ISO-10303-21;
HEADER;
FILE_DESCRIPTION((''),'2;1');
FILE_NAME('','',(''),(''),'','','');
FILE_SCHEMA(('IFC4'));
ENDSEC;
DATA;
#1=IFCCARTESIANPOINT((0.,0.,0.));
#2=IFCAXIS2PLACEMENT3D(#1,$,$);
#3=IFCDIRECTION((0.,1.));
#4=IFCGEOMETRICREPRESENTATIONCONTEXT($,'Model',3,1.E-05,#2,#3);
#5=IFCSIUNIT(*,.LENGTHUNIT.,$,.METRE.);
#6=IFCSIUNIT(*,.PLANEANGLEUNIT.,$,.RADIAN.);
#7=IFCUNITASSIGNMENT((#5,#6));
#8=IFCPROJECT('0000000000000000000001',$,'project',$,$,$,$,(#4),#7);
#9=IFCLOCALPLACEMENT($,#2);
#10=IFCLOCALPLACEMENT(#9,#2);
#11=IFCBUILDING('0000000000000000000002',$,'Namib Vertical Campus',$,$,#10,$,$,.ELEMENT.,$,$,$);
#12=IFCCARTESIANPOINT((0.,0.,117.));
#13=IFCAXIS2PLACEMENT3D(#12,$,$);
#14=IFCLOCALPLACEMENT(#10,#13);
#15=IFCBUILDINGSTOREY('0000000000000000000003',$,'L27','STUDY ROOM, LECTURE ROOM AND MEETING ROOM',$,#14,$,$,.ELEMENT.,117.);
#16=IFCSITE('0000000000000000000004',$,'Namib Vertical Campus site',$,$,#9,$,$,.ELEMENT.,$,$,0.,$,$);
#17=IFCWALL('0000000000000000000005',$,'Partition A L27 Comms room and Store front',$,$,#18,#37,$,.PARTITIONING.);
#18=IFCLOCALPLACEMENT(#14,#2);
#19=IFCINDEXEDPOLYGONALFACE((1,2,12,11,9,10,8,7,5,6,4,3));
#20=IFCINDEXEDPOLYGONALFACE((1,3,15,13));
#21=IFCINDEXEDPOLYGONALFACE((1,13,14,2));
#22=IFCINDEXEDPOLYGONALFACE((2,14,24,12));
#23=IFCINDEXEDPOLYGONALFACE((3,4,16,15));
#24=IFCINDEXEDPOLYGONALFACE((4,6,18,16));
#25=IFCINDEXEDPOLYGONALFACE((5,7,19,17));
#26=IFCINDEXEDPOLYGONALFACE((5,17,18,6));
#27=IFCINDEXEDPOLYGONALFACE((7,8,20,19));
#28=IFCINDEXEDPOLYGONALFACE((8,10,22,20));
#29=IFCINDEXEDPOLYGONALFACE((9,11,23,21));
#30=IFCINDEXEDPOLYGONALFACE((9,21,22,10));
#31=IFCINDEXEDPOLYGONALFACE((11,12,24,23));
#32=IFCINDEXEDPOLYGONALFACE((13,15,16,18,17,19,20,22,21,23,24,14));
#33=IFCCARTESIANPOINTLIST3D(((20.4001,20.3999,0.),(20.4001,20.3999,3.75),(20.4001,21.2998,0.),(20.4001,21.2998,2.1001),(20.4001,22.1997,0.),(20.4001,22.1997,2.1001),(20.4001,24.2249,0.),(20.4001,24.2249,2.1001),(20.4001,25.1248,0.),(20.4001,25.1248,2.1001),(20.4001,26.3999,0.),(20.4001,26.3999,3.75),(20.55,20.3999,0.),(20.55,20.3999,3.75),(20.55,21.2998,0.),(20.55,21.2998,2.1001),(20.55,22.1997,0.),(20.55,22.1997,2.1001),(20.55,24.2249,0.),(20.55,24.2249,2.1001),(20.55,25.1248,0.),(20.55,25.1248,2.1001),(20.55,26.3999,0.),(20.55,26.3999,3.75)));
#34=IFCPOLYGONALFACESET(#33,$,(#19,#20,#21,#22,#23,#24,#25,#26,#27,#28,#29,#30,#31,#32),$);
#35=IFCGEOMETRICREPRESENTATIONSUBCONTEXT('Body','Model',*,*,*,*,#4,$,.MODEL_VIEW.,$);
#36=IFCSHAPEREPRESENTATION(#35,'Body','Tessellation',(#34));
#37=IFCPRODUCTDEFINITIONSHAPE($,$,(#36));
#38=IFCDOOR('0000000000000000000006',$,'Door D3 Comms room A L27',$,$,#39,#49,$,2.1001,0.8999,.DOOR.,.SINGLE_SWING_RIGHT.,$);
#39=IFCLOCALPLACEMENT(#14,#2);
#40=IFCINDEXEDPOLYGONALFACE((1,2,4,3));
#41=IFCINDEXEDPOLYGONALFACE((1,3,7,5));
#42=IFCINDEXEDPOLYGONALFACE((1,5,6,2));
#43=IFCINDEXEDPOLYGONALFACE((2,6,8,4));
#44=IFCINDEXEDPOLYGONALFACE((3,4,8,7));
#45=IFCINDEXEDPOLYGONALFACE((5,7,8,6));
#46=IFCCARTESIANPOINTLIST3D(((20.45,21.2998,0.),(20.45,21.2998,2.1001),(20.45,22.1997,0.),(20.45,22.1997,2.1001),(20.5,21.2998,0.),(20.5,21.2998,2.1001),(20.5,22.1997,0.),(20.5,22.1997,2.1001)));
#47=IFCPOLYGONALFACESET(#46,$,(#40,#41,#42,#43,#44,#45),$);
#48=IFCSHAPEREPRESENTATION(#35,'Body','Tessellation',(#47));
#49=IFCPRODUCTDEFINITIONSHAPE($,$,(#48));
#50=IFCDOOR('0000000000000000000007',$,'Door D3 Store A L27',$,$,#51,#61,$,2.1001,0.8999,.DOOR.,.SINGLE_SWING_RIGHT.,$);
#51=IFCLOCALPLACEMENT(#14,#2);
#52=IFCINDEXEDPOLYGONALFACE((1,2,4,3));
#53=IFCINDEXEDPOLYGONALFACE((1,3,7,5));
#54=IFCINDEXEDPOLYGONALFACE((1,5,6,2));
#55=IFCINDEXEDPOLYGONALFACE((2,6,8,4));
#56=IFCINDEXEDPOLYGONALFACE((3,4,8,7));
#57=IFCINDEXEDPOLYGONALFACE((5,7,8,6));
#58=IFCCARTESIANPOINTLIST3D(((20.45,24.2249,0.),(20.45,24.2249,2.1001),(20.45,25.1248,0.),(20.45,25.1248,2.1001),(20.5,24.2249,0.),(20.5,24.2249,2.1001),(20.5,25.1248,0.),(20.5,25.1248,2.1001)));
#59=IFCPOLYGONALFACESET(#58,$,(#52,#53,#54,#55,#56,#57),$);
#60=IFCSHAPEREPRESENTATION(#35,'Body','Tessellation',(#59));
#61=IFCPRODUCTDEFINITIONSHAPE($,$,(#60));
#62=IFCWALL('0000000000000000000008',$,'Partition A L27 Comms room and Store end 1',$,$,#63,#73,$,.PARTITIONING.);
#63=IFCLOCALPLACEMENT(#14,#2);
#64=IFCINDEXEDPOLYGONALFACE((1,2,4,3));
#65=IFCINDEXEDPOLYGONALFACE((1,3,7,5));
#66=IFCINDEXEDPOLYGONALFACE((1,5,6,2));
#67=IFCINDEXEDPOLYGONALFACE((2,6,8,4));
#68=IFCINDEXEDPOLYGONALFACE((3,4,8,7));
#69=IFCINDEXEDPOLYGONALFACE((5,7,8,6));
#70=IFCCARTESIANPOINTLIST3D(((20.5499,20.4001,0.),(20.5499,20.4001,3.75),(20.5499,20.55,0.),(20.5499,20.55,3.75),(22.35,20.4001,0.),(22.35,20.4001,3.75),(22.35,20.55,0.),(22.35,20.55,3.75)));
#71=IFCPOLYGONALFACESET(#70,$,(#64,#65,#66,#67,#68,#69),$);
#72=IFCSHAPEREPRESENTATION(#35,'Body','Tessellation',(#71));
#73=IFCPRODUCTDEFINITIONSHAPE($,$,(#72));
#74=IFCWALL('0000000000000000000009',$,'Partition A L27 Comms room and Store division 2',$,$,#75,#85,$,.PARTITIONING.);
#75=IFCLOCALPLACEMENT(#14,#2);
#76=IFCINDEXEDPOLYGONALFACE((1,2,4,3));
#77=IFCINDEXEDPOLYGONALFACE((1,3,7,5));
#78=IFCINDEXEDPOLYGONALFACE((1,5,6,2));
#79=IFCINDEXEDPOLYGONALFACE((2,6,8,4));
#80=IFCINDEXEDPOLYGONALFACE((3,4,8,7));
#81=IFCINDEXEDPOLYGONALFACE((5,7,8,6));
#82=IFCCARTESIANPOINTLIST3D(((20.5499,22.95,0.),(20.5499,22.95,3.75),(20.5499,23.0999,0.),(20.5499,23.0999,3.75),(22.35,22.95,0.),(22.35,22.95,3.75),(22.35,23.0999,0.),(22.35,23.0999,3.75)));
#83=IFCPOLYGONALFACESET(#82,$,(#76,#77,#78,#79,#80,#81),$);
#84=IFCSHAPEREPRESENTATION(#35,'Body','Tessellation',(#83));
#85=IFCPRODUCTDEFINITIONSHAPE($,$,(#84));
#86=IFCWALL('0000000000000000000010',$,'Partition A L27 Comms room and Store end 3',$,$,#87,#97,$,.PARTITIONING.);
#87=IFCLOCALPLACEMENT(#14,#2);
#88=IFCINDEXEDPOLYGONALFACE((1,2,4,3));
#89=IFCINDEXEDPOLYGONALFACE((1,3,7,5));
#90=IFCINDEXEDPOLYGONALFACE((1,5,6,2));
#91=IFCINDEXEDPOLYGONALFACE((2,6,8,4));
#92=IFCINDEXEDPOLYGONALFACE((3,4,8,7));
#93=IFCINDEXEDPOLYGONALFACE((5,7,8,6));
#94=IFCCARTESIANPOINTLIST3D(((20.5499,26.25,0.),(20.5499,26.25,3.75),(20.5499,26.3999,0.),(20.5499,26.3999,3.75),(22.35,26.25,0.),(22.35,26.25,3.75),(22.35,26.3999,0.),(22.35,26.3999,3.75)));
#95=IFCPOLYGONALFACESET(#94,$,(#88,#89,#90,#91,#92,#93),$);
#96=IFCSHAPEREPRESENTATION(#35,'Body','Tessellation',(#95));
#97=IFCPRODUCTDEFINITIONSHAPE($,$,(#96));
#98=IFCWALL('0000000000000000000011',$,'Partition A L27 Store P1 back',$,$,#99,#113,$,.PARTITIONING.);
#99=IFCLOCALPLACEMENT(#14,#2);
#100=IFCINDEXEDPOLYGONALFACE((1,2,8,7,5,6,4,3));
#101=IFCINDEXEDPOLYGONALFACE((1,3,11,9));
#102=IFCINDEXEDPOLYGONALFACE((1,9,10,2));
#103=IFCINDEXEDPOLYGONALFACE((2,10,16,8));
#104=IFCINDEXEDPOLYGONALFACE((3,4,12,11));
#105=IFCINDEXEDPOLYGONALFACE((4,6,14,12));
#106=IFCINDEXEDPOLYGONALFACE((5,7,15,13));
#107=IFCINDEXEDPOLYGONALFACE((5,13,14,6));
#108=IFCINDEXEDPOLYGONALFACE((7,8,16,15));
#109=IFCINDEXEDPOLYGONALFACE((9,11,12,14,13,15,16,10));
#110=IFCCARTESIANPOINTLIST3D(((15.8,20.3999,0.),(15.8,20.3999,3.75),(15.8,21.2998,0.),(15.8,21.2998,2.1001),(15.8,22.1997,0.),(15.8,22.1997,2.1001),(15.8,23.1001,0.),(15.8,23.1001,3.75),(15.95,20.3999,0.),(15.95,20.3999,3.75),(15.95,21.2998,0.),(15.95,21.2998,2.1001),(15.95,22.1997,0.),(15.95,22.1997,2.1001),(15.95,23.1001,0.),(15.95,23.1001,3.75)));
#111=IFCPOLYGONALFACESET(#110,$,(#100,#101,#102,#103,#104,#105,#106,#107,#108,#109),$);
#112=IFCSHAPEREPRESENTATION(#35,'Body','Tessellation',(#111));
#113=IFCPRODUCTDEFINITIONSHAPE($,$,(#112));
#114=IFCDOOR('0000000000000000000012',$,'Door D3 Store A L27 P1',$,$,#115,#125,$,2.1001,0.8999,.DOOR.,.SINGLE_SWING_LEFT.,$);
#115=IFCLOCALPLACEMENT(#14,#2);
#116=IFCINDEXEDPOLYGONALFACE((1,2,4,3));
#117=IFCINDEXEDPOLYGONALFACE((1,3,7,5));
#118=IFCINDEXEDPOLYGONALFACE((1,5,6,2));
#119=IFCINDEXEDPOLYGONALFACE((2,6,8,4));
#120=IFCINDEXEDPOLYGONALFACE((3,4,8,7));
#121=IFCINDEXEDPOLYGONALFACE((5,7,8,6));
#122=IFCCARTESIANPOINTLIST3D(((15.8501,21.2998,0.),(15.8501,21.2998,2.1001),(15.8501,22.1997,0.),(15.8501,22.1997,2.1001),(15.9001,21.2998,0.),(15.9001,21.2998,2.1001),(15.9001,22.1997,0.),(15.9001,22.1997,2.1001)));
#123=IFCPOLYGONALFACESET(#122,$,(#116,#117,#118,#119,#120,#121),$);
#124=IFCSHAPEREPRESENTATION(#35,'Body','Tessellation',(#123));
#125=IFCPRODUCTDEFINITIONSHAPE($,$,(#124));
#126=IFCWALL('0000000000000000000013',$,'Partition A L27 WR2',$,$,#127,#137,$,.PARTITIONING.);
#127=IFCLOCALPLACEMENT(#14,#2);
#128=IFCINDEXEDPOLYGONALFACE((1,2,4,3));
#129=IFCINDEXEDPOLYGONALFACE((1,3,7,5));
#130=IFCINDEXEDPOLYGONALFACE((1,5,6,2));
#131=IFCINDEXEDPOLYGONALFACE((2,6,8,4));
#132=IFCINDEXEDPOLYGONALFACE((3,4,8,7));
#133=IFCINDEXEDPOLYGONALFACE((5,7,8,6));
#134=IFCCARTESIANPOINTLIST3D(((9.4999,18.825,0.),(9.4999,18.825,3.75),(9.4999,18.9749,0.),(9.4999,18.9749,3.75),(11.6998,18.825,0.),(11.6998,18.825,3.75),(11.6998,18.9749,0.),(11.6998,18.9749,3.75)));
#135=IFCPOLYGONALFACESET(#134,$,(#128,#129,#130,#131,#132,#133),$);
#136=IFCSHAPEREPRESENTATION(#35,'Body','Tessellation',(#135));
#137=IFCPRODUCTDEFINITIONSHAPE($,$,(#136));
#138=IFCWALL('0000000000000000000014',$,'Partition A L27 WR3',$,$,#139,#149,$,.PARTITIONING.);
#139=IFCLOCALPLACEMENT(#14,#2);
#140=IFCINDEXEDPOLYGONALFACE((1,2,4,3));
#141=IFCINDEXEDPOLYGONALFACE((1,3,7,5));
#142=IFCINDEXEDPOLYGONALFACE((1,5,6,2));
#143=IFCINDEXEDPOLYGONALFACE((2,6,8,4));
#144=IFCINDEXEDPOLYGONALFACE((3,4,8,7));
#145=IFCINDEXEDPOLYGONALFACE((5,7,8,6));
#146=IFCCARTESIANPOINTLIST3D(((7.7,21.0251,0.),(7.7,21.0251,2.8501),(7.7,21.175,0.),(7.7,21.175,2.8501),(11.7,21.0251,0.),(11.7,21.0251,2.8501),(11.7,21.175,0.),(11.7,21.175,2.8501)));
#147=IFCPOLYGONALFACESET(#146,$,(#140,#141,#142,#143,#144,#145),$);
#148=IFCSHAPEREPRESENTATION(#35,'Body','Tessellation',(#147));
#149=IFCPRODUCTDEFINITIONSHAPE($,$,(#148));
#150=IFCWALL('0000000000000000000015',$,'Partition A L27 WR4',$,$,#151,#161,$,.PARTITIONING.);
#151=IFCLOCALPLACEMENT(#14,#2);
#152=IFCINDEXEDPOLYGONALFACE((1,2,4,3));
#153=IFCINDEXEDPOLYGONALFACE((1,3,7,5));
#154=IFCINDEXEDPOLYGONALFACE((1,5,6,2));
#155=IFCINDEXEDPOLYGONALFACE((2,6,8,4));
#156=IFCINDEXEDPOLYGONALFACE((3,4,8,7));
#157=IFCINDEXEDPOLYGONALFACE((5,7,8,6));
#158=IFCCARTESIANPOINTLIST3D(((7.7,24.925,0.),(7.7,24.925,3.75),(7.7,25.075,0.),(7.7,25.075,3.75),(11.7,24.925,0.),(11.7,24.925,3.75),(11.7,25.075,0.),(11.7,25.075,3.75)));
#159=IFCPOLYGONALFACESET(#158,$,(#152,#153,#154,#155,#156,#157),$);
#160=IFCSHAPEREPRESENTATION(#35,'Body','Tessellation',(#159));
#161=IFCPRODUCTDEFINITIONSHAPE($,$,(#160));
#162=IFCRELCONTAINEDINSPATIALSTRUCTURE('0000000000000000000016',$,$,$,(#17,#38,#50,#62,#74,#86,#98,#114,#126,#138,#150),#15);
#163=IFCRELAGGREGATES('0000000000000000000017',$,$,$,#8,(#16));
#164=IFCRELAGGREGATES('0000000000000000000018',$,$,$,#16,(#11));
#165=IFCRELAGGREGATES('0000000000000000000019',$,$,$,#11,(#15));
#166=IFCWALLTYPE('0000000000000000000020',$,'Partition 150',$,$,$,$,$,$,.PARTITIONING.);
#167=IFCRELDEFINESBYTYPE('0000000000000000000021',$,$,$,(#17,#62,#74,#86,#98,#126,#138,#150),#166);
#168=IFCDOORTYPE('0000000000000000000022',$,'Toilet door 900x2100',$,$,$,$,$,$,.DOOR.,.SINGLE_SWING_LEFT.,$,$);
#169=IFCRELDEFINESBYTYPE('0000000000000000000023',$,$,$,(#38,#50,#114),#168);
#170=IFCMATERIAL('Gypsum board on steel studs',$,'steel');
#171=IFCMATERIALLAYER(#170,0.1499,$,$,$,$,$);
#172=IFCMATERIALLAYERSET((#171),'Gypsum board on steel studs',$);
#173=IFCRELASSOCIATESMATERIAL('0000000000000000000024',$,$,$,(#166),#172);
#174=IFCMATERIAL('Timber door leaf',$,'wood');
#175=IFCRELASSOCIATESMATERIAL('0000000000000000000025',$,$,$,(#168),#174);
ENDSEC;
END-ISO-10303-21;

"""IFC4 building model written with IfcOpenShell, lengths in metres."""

from ifc_helpers import new_model, si_unit, direction, frame, frame_2d, origin, place, context, subcontext, project, spatial, rectangle, extrude, material, layer, layer_set, type_object, element, fill, save


model = new_model("IFC4")

# Units and contexts
model_context = context("Model", 3, precision=1e-05, world=origin(), true_north=direction((0.0, 1.0)))
body_context = subcontext(model_context, "Body", "Model", "MODEL_VIEW")
ifc_project = project(units=[si_unit("LENGTHUNIT", "METRE"), si_unit("PLANEANGLEUNIT", "RADIAN")], contexts=[model_context])

# Site, building, storey
site_placement = place(None, origin())
site = spatial("IfcSite", under=ifc_project, at=site_placement, Name="Namib Vertical Campus site", CompositionType="ELEMENT", RefElevation=0.0)
building_placement = place(site_placement, origin())
building = spatial("IfcBuilding", under=site, at=building_placement, Name="Namib Vertical Campus", CompositionType="ELEMENT")
storey_placement = place(building_placement, frame((0.0, 0.0, 117.0)))
storey = spatial("IfcBuildingStorey", under=building, at=storey_placement, Name="L27", Description="STUDY ROOM, LECTURE ROOM AND MEETING ROOM", CompositionType="ELEMENT", Elevation=117.0)

# Wall, openings, doors
ifc_material_1 = material(Name="Gypsum board on steel studs", Category="steel")
ifc_layer_1 = layer(ifc_material_1, 0.1499)
ifc_layer_set_1 = layer_set([ifc_layer_1], Name="Gypsum board on steel studs")
wall_type_1 = type_object("IfcWallType", Name="Partition 150", PredefinedType="PARTITIONING", material=ifc_layer_set_1)
wall_1_placement = place(storey_placement, frame((20.4751, 20.3999, 0.0), z_axis=(0.0, 0.0, 1.0), x_axis=(0.0, 1.0, 0.0)))
wall_1 = element("IfcWall", 1, at=wall_1_placement, inside=storey, type_object=wall_type_1, Name="Partition A L27 Comms room and Store front", PredefinedType="PARTITIONING", context=body_context, shape_type="SweptSolid", body=[
    extrude(rectangle(XDim=6.0, YDim=0.1499, at=frame_2d((3.0, 0.0))), origin(), (0.0, 0.0, 1.0), 3.75),
])
opening_1_placement = place(wall_1_placement, frame((0.8999, 0.0, 0.0)))
opening_1 = element("IfcOpeningElement", 2, at=opening_1_placement, cuts=wall_1, PredefinedType="OPENING", context=body_context, shape_type="SweptSolid", body=[
    extrude(rectangle(XDim=0.8999, YDim=2.1001, at=frame_2d((0.45, 1.05))), frame((0.0, 0.085, 0.0), z_axis=(0.0, -1.0, 0.0), x_axis=(1.0, 0.0, 0.0)), (0.0, 0.0, 1.0), 0.1699),
])
opening_2_placement = place(wall_1_placement, frame((3.825, 0.0, 0.0)))
opening_2 = element("IfcOpeningElement", 3, at=opening_2_placement, cuts=wall_1, PredefinedType="OPENING", context=body_context, shape_type="SweptSolid", body=[
    extrude(rectangle(XDim=0.8999, YDim=2.1001, at=frame_2d((0.45, 1.05))), frame((0.0, 0.085, 0.0), z_axis=(0.0, -1.0, 0.0), x_axis=(1.0, 0.0, 0.0)), (0.0, 0.0, 1.0), 0.1699),
])
ifc_material_2 = material(Name="Timber door leaf", Category="wood")
door_type_1 = type_object("IfcDoorType", Name="Toilet door 900x2100", OperationType="SINGLE_SWING_LEFT", PredefinedType="DOOR", material=ifc_material_2)
door_1_placement = place(opening_1_placement, frame((0.8999, 0.0, 0.0), z_axis=(0.0, 0.0, 1.0), x_axis=(-1.0, 0.0, 0.0)))
door_1 = element("IfcDoor", 4, at=door_1_placement, inside=storey, type_object=door_type_1, Name="Door D3 Comms room A L27", OperationType="SINGLE_SWING_RIGHT", OverallHeight=2.1001, OverallWidth=0.8999, PredefinedType="DOOR", context=body_context, shape_type="SweptSolid", body=[
    extrude(rectangle(XDim=0.8999, YDim=2.1001, at=frame_2d((0.45, 1.05))), frame((0.0, 0.0249, 0.0), z_axis=(0.0, -1.0, 0.0), x_axis=(1.0, 0.0, 0.0)), (0.0, 0.0, 1.0), 0.05),
])
fill(opening_1, door_1)
door_2_placement = place(opening_2_placement, frame((0.8999, 0.0, 0.0), z_axis=(0.0, 0.0, 1.0), x_axis=(-1.0, 0.0, 0.0)))
door_2 = element("IfcDoor", 5, at=door_2_placement, inside=storey, type_object=door_type_1, Name="Door D3 Store A L27", OperationType="SINGLE_SWING_RIGHT", OverallHeight=2.1001, OverallWidth=0.8999, PredefinedType="DOOR", context=body_context, shape_type="SweptSolid", body=[
    extrude(rectangle(XDim=0.8999, YDim=2.1001, at=frame_2d((0.45, 1.05))), frame((0.0, 0.0249, 0.0), z_axis=(0.0, -1.0, 0.0), x_axis=(1.0, 0.0, 0.0)), (0.0, 0.0, 1.0), 0.05),
])
fill(opening_2, door_2)

# Walls
for number, where, z_axis, x_axis, name in (
    (6, (20.55, 20.4751, 0.0), (0.0, 0.0, 1.0), (1.0, 0.0, 0.0), "Partition A L27 Comms room and Store end 1"),
    (7, (20.55, 23.0249, 0.0), (0.0, 0.0, 1.0), (1.0, 0.0, 0.0), "Partition A L27 Comms room and Store division 2"),
    (8, (20.55, 26.325, 0.0), (0.0, 0.0, 1.0), (1.0, 0.0, 0.0), "Partition A L27 Comms room and Store end 3"),
):
    element("IfcWall", number, at=place(storey_placement, frame(where, z_axis=z_axis, x_axis=x_axis)), inside=storey, type_object=wall_type_1, Name=name, PredefinedType="PARTITIONING", context=body_context, shape_type="SweptSolid", body=[
        extrude(rectangle(XDim=1.8, YDim=0.1499, at=frame_2d((0.8999, 0.0))), origin(), (0.0, 0.0, 1.0), 3.75),
    ])

# Wall, opening, door
wall_2_placement = place(storey_placement, frame((15.875, 20.3999, 0.0), z_axis=(0.0, 0.0, 1.0), x_axis=(0.0, 1.0, 0.0)))
wall_2 = element("IfcWall", 9, at=wall_2_placement, inside=storey, type_object=wall_type_1, Name="Partition A L27 Store P1 back", PredefinedType="PARTITIONING", context=body_context, shape_type="SweptSolid", body=[
    extrude(rectangle(XDim=2.7002, YDim=0.1499, at=frame_2d((1.3501, 0.0))), origin(), (0.0, 0.0, 1.0), 3.75),
])
opening_3_placement = place(wall_2_placement, frame((0.8999, 0.0, 0.0)))
opening_3 = element("IfcOpeningElement", 10, at=opening_3_placement, cuts=wall_2, PredefinedType="OPENING", context=body_context, shape_type="SweptSolid", body=[
    extrude(rectangle(XDim=0.8999, YDim=2.1001, at=frame_2d((0.45, 1.05))), frame((0.0, 0.085, 0.0), z_axis=(0.0, -1.0, 0.0), x_axis=(1.0, 0.0, 0.0)), (0.0, 0.0, 1.0), 0.1699),
])
door_3_placement = place(opening_3_placement, origin())
door_3 = element("IfcDoor", 11, at=door_3_placement, inside=storey, type_object=door_type_1, Name="Door D3 Store A L27 P1", OperationType="SINGLE_SWING_LEFT", OverallHeight=2.1001, OverallWidth=0.8999, PredefinedType="DOOR", context=body_context, shape_type="SweptSolid", body=[
    extrude(rectangle(XDim=0.8999, YDim=2.1001, at=frame_2d((0.45, 1.05))), frame((0.0, 0.0249, 0.0), z_axis=(0.0, -1.0, 0.0), x_axis=(1.0, 0.0, 0.0)), (0.0, 0.0, 1.0), 0.05),
])
fill(opening_3, door_3)

# Walls
wall_3_placement = place(storey_placement, frame((11.7, 18.8999, 0.0), z_axis=(0.0, 0.0, 1.0), x_axis=(-1.0, 0.0, 0.0)))
element("IfcWall", 12, at=wall_3_placement, inside=storey, type_object=wall_type_1, Name="Partition A L27 WR2", PredefinedType="PARTITIONING", context=body_context, shape_type="SweptSolid", body=[
    extrude(rectangle(XDim=2.2, YDim=0.1499, at=frame_2d((1.1001, 0.0))), origin(), (0.0, 0.0, 1.0), 3.75),
])
wall_4_placement = place(storey_placement, frame((11.7, 21.1001, 0.0), z_axis=(0.0, 0.0, 1.0), x_axis=(-1.0, 0.0, 0.0)))
element("IfcWall", 13, at=wall_4_placement, inside=storey, type_object=wall_type_1, Name="Partition A L27 WR3", PredefinedType="PARTITIONING", context=body_context, shape_type="SweptSolid", body=[
    extrude(rectangle(XDim=4.0, YDim=0.1499, at=frame_2d((2.0, 0.0))), origin(), (0.0, 0.0, 1.0), 2.8501),
])
wall_5_placement = place(storey_placement, frame((11.7, 25.0, 0.0), z_axis=(0.0, 0.0, 1.0), x_axis=(-1.0, 0.0, 0.0)))
element("IfcWall", 14, at=wall_5_placement, inside=storey, type_object=wall_type_1, Name="Partition A L27 WR4", PredefinedType="PARTITIONING", context=body_context, shape_type="SweptSolid", body=[
    extrude(rectangle(XDim=4.0, YDim=0.1499, at=frame_2d((2.0, 0.0))), origin(), (0.0, 0.0, 1.0), 3.75),
])

save(model, "model.ifc")
